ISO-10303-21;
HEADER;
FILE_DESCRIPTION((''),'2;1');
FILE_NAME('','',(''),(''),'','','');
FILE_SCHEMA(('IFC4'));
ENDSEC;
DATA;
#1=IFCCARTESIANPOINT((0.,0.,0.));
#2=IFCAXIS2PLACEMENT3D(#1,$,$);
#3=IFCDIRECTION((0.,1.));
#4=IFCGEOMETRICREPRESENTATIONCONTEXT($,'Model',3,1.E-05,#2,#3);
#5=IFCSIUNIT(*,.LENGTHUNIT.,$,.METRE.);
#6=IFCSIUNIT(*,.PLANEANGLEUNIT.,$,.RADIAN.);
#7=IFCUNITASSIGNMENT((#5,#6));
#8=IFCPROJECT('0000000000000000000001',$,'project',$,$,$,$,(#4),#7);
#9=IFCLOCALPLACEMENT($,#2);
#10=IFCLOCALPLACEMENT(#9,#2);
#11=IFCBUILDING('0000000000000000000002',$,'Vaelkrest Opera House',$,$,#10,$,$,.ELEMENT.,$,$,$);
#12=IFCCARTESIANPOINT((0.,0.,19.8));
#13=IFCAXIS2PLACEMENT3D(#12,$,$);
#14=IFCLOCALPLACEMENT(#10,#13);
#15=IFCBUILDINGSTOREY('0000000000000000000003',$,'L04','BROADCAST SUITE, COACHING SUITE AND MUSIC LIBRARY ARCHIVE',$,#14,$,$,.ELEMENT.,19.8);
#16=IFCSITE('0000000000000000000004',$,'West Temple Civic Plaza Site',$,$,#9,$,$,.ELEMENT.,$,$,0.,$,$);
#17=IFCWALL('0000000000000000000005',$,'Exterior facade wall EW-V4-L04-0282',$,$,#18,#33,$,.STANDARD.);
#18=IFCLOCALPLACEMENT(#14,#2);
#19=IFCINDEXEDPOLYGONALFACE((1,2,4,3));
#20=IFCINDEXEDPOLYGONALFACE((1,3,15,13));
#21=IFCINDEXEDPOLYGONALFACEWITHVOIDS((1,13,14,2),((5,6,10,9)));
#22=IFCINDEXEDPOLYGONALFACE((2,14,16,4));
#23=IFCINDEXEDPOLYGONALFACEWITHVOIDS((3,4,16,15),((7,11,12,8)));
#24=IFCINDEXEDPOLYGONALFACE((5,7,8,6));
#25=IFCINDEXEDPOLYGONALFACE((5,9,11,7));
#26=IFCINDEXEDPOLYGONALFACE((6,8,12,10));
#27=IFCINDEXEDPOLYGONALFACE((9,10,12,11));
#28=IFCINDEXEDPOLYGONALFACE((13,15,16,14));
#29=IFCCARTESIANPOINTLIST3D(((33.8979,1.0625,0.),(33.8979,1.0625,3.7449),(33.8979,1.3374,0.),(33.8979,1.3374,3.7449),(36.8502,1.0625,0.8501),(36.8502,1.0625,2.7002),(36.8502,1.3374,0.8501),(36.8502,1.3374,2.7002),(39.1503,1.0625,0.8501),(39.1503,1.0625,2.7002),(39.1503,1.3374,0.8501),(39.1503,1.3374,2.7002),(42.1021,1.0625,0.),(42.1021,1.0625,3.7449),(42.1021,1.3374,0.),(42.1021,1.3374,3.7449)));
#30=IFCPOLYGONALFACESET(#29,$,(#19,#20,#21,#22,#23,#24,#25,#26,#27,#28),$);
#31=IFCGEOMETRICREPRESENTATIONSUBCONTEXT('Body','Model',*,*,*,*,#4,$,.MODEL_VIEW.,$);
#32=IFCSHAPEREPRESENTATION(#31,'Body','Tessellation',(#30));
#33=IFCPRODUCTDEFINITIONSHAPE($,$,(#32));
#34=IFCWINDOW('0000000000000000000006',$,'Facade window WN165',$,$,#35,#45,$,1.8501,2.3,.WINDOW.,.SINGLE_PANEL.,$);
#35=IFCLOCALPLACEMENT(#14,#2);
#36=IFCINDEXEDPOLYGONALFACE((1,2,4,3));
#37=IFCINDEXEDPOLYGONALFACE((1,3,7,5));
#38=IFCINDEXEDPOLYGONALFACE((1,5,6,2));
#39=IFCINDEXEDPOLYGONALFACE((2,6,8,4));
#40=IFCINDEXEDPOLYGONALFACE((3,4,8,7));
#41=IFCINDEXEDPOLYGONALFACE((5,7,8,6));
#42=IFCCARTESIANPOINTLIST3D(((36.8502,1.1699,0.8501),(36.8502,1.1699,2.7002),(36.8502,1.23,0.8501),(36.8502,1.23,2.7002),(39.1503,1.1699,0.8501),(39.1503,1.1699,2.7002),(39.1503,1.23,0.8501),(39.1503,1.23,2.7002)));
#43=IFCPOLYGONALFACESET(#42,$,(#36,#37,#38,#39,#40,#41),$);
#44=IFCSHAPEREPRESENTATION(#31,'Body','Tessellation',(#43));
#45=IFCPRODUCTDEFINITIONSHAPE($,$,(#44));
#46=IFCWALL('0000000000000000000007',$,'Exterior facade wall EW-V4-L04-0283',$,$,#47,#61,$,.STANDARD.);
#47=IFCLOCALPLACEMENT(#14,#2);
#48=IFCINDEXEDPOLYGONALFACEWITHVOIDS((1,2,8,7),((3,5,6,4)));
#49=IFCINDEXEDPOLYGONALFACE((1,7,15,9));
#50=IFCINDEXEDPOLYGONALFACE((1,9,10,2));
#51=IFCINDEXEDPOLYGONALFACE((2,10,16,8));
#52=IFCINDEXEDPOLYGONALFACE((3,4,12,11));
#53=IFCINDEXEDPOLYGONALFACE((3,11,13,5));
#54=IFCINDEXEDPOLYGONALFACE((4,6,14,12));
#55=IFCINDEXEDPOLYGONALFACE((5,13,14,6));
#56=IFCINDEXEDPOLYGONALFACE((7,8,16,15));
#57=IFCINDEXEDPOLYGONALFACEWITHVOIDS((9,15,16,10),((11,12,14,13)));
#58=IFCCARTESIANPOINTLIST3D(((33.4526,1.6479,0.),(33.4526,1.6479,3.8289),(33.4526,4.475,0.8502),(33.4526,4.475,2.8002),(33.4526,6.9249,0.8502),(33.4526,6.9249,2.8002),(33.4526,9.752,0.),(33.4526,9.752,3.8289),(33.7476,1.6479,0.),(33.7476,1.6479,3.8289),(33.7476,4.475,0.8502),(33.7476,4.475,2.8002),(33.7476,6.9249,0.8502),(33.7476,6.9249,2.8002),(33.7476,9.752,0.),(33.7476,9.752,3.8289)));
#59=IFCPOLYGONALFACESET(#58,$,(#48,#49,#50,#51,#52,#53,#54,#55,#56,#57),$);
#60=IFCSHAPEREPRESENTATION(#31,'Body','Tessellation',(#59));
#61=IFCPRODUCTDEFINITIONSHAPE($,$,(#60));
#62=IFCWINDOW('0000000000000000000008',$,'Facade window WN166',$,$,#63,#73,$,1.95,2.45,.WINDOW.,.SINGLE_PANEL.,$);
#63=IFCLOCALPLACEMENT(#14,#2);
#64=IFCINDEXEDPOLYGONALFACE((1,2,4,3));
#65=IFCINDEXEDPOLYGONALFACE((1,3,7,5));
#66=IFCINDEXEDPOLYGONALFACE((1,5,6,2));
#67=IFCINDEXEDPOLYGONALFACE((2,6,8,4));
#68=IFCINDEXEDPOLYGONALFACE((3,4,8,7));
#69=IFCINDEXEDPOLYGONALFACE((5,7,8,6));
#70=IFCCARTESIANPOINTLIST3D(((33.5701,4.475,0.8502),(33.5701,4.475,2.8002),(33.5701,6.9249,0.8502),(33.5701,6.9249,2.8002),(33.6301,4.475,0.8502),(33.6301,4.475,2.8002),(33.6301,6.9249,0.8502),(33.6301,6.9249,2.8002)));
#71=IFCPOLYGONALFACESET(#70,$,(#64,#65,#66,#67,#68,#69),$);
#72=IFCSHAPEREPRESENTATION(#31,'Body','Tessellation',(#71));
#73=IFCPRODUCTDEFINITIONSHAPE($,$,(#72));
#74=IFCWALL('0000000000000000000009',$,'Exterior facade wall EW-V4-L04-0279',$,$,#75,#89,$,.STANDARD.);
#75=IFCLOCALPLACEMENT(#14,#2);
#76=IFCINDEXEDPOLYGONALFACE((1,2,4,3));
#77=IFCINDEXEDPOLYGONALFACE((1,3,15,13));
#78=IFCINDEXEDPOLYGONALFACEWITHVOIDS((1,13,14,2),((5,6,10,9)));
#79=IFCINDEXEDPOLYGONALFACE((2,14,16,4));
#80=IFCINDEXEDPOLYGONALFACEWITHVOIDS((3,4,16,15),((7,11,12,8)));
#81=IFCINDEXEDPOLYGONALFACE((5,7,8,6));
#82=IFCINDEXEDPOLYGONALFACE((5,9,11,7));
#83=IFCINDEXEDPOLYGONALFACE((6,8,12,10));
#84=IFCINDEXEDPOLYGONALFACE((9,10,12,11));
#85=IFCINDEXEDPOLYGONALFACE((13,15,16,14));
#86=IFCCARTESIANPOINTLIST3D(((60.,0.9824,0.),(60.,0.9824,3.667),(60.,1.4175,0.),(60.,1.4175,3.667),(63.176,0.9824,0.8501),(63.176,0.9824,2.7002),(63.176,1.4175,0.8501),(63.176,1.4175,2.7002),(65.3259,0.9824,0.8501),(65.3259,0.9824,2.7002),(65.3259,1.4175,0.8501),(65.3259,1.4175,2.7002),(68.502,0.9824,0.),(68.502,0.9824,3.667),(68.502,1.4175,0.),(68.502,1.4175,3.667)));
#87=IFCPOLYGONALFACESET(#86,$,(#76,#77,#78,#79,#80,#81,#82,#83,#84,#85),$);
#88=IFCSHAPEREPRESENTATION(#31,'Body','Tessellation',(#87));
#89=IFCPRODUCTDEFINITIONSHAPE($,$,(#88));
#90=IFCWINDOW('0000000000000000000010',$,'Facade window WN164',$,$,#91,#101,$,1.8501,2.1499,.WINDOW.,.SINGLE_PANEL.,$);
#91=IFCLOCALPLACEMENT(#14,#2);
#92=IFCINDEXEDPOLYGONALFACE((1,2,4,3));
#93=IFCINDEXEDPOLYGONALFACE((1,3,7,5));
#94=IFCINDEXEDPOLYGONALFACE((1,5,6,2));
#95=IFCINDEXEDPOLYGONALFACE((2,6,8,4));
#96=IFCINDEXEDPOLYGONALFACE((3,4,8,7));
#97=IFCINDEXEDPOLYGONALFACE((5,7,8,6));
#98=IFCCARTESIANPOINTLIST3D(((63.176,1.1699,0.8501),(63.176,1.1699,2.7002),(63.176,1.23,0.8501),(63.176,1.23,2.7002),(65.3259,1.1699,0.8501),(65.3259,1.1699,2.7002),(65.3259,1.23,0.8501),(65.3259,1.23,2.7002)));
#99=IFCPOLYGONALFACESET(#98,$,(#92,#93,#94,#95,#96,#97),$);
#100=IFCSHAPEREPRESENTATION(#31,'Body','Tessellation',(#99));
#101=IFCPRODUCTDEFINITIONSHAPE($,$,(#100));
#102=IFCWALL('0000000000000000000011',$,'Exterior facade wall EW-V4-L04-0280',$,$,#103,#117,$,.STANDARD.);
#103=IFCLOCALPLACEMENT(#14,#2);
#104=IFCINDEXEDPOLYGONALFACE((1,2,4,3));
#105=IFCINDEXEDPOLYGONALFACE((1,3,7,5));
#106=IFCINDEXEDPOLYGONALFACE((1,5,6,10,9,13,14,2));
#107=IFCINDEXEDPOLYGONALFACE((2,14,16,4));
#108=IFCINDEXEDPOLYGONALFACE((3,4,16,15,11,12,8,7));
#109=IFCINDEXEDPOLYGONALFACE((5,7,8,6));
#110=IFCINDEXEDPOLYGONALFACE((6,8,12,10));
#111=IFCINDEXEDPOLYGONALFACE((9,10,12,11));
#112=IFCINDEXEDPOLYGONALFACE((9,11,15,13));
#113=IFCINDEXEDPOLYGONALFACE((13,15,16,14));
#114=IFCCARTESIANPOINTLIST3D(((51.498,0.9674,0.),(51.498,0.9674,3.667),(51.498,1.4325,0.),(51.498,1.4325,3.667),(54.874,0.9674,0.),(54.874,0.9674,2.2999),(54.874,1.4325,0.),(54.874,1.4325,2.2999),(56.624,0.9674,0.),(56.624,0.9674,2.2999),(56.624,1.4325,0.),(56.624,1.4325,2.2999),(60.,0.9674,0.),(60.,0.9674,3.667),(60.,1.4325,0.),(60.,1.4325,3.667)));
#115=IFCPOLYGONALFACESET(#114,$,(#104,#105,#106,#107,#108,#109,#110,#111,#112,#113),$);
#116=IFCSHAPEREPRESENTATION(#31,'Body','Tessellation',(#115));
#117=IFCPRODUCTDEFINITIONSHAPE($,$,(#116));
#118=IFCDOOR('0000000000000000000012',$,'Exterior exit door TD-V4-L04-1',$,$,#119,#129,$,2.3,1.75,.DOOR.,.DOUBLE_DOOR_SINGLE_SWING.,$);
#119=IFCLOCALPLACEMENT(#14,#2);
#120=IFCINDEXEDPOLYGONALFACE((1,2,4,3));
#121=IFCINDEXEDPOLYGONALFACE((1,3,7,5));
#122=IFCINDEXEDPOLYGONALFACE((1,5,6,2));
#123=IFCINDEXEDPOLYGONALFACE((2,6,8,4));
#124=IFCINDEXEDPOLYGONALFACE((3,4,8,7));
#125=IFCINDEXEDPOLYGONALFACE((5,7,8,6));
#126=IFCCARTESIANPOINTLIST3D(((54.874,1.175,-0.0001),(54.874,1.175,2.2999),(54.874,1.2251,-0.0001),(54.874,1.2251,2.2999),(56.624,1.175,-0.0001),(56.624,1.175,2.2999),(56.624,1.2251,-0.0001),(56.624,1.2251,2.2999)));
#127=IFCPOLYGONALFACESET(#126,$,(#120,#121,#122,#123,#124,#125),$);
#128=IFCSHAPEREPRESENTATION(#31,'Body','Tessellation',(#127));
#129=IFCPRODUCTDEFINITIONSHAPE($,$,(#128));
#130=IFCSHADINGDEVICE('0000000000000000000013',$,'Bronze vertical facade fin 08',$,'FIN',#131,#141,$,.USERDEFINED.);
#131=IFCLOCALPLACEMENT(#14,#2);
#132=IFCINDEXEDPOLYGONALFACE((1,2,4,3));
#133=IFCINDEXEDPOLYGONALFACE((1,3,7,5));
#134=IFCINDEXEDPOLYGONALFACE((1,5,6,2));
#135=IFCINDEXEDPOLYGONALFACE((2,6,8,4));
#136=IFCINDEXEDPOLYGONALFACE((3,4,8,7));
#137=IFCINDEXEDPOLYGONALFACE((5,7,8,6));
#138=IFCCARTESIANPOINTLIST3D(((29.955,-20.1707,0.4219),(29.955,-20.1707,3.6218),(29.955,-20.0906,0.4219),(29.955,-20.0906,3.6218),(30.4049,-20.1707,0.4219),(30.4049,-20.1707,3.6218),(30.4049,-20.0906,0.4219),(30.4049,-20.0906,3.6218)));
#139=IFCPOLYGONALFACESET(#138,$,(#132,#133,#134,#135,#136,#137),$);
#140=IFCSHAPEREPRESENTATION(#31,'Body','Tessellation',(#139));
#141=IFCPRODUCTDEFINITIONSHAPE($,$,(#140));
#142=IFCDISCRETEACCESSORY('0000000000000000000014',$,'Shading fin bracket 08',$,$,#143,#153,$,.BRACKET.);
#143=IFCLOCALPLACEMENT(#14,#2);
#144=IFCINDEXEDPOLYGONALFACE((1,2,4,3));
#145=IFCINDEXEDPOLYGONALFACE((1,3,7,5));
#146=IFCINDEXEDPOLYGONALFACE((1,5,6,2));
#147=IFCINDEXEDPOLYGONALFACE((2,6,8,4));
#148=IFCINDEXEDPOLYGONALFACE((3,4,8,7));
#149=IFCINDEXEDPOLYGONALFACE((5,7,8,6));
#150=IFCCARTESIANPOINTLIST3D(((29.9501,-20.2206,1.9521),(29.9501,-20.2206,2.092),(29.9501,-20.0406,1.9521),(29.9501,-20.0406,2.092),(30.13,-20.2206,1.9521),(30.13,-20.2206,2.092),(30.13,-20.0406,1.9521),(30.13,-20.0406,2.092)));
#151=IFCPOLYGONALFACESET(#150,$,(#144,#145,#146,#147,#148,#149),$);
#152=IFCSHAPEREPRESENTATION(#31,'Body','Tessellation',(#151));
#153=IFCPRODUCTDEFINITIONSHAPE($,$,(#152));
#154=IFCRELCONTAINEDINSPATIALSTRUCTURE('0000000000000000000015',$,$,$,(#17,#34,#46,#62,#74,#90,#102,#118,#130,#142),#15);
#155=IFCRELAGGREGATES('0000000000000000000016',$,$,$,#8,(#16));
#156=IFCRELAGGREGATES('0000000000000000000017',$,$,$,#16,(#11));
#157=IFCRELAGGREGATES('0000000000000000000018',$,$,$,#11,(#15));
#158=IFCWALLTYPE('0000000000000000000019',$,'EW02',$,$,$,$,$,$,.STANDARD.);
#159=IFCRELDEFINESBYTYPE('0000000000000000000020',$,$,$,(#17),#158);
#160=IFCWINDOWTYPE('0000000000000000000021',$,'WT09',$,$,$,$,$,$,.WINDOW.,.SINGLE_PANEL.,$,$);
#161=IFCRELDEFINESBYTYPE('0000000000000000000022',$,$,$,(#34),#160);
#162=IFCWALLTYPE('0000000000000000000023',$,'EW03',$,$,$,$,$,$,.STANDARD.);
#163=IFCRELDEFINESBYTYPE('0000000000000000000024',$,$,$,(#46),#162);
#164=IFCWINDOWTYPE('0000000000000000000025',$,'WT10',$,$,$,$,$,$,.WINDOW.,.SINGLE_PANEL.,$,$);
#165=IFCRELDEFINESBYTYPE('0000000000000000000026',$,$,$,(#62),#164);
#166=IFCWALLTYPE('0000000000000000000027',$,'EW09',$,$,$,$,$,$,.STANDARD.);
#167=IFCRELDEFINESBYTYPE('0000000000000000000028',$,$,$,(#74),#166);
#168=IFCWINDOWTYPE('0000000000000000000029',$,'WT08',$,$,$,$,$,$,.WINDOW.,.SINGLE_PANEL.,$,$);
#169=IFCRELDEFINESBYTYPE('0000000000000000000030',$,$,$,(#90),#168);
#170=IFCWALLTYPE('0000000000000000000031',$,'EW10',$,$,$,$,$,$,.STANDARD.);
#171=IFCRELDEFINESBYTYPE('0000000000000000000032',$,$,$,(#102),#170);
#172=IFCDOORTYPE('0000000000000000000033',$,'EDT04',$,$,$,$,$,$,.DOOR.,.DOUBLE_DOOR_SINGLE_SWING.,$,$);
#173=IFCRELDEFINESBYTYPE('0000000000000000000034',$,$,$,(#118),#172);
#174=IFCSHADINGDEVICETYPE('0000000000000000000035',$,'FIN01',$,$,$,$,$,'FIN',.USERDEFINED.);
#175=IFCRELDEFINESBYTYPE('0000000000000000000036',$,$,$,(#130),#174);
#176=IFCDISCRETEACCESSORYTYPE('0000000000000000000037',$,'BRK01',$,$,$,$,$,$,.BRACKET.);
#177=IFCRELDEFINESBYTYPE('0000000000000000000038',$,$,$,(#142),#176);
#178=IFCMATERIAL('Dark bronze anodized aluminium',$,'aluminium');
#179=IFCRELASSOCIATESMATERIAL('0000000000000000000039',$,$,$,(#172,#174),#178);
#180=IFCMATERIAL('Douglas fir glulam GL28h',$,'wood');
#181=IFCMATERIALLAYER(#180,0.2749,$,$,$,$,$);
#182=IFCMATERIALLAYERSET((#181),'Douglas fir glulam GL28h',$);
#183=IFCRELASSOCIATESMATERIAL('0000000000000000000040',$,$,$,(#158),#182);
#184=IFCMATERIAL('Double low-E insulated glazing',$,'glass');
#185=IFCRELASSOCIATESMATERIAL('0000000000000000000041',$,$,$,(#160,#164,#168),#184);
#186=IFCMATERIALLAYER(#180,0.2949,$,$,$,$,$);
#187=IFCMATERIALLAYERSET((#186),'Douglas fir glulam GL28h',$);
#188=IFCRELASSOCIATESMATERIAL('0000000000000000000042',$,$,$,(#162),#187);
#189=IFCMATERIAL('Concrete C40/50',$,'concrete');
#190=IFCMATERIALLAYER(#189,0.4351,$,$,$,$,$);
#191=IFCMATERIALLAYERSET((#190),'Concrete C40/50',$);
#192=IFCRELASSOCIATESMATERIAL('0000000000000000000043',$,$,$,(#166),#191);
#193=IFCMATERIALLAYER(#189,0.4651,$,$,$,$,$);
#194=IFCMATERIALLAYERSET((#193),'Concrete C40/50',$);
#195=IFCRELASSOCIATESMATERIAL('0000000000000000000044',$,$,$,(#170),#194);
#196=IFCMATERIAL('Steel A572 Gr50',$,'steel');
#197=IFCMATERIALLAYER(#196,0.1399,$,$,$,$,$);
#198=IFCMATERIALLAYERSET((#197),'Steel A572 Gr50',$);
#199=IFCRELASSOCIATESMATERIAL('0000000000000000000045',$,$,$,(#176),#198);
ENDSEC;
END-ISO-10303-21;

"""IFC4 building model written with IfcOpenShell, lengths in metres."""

from ifc_helpers import new_model, si_unit, direction, frame, frame_2d, origin, origin_2d, place, context, subcontext, project, spatial, rectangle, extrude, material, layer, layer_set, type_object, element, fill, save


model = new_model("IFC4")

# Units and contexts
model_context = context("Model", 3, precision=1e-05, world=origin(), true_north=direction((0.0, 1.0)))
body_context = subcontext(model_context, "Body", "Model", "MODEL_VIEW")
ifc_project = project(units=[si_unit("LENGTHUNIT", "METRE"), si_unit("PLANEANGLEUNIT", "RADIAN")], contexts=[model_context])

# Site, building, storey
site_placement = place(None, origin())
site = spatial("IfcSite", under=ifc_project, at=site_placement, Name="West Temple Civic Plaza Site", CompositionType="ELEMENT", RefElevation=0.0)
building_placement = place(site_placement, origin())
building = spatial("IfcBuilding", under=site, at=building_placement, Name="Vaelkrest Opera House", CompositionType="ELEMENT")
storey_placement = place(building_placement, frame((0.0, 0.0, 19.8)))
storey = spatial("IfcBuildingStorey", under=building, at=storey_placement, Name="L04", Description="BROADCAST SUITE, COACHING SUITE AND MUSIC LIBRARY ARCHIVE", CompositionType="ELEMENT", Elevation=19.8)

# Shared definitions
ifc_material_1 = material(Name="Douglas fir glulam GL28h", Category="wood")
ifc_material_2 = material(Name="Dark bronze anodized aluminium", Category="aluminium")
door_type = type_object("IfcDoorType", Name="EDT04", OperationType="DOUBLE_DOOR_SINGLE_SWING", PredefinedType="DOOR", material=ifc_material_2)

# Walls, openings, windows
ifc_layer_1 = layer(ifc_material_1, 0.2749)
ifc_layer_set_1 = layer_set([ifc_layer_1], Name="Douglas fir glulam GL28h")
wall_type_1 = type_object("IfcWallType", Name="EW02", PredefinedType="STANDARD", material=ifc_layer_set_1)
wall_1_placement = place(storey_placement, frame((42.1021, 1.2, 0.0), z_axis=(0.0, 0.0, 1.0), x_axis=(-1.0, 0.0, 0.0)))
wall_1 = element("IfcWall", 1, at=wall_1_placement, inside=storey, type_object=wall_type_1, Name="Exterior facade wall EW-V4-L04-0282", PredefinedType="STANDARD", context=body_context, shape_type="SweptSolid", body=[
    extrude(rectangle(XDim=8.2041, YDim=0.2749, at=frame_2d((4.1021, 0.0))), origin(), (0.0, 0.0, 1.0), 3.7449),
])
opening_1_placement = place(wall_1_placement, frame((2.9519, 0.0, 0.8501)))
opening_1 = element("IfcOpeningElement", 2, at=opening_1_placement, cuts=wall_1, PredefinedType="OPENING", context=body_context, shape_type="SweptSolid", body=[
    extrude(rectangle(XDim=2.3, YDim=1.8501, at=frame_2d((1.1499, 0.925))), frame((0.0, 0.1475, 0.0), z_axis=(0.0, -1.0, 0.0), x_axis=(1.0, 0.0, 0.0)), (0.0, 0.0, 1.0), 0.2949),
])
ifc_material_3 = material(Name="Double low-E insulated glazing", Category="glass")
window_type_1 = type_object("IfcWindowType", Name="WT09", PartitioningType="SINGLE_PANEL", PredefinedType="WINDOW", material=ifc_material_3)
window_1_placement = place(opening_1_placement, origin())
window_1 = element("IfcWindow", 3, at=window_1_placement, inside=storey, type_object=window_type_1, Name="Facade window WN165", OverallHeight=1.8501, OverallWidth=2.3, PartitioningType="SINGLE_PANEL", PredefinedType="WINDOW", context=body_context, shape_type="SweptSolid", body=[
    extrude(rectangle(XDim=2.3, YDim=1.8501, at=frame_2d((1.1499, 0.925))), frame((0.0, 0.03, 0.0), z_axis=(0.0, -1.0, 0.0), x_axis=(1.0, 0.0, 0.0)), (0.0, 0.0, 1.0), 0.0601),
])
fill(opening_1, window_1)
ifc_layer_2 = layer(ifc_material_1, 0.2949)
ifc_layer_set_2 = layer_set([ifc_layer_2], Name="Douglas fir glulam GL28h")
wall_type_2 = type_object("IfcWallType", Name="EW03", PredefinedType="STANDARD", material=ifc_layer_set_2)
wall_2_placement = place(storey_placement, frame((33.6001, 1.6479, 0.0), z_axis=(0.0, 0.0, 1.0), x_axis=(0.0, 1.0, 0.0)))
wall_2 = element("IfcWall", 4, at=wall_2_placement, inside=storey, type_object=wall_type_2, Name="Exterior facade wall EW-V4-L04-0283", PredefinedType="STANDARD", context=body_context, shape_type="SweptSolid", body=[
    extrude(rectangle(XDim=8.104, YDim=0.2949, at=frame_2d((4.052, 0.0))), origin(), (0.0, 0.0, 1.0), 3.8289),
])
opening_2_placement = place(wall_2_placement, frame((2.8269, 0.0, 0.8501)))
opening_2 = element("IfcOpeningElement", 5, at=opening_2_placement, cuts=wall_2, PredefinedType="OPENING", context=body_context, shape_type="SweptSolid", body=[
    extrude(rectangle(XDim=2.45, YDim=1.95, at=frame_2d((1.2251, 0.9751))), frame((0.0, 0.1575, 0.0), z_axis=(0.0, -1.0, 0.0), x_axis=(1.0, 0.0, 0.0)), (0.0, 0.0, 1.0), 0.3149),
])
window_type_2 = type_object("IfcWindowType", Name="WT10", PartitioningType="SINGLE_PANEL", PredefinedType="WINDOW", material=ifc_material_3)
window_2_placement = place(opening_2_placement, origin())
window_2 = element("IfcWindow", 6, at=window_2_placement, inside=storey, type_object=window_type_2, Name="Facade window WN166", OverallHeight=1.95, OverallWidth=2.45, PartitioningType="SINGLE_PANEL", PredefinedType="WINDOW", context=body_context, shape_type="SweptSolid", body=[
    extrude(rectangle(XDim=2.45, YDim=1.95, at=frame_2d((1.2251, 0.9751))), frame((0.0, 0.03, 0.0), z_axis=(0.0, -1.0, 0.0), x_axis=(1.0, 0.0, 0.0)), (0.0, 0.0, 1.0), 0.0601),
])
fill(opening_2, window_2)
ifc_material_4 = material(Name="Concrete C40/50", Category="concrete")
ifc_layer_3 = layer(ifc_material_4, 0.4351)
ifc_layer_set_3 = layer_set([ifc_layer_3], Name="Concrete C40/50")
wall_type_3 = type_object("IfcWallType", Name="EW09", PredefinedType="STANDARD", material=ifc_layer_set_3)
wall_3_placement = place(storey_placement, frame((68.502, 1.2, 0.0), z_axis=(0.0, 0.0, 1.0), x_axis=(-1.0, 0.0, 0.0)))
wall_3 = element("IfcWall", 7, at=wall_3_placement, inside=storey, type_object=wall_type_3, Name="Exterior facade wall EW-V4-L04-0279", PredefinedType="STANDARD", context=body_context, shape_type="SweptSolid", body=[
    extrude(rectangle(XDim=8.502, YDim=0.4351, at=frame_2d((4.251, 0.0))), origin(), (0.0, 0.0, 1.0), 3.667),
])
opening_3_placement = place(wall_3_placement, frame((3.176, 0.0, 0.8501)))
opening_3 = element("IfcOpeningElement", 8, at=opening_3_placement, cuts=wall_3, PredefinedType="OPENING", context=body_context, shape_type="SweptSolid", body=[
    extrude(rectangle(XDim=2.1499, YDim=1.8501, at=frame_2d((1.075, 0.925))), frame((0.0, 0.2275, 0.0), z_axis=(0.0, -1.0, 0.0), x_axis=(1.0, 0.0, 0.0)), (0.0, 0.0, 1.0), 0.4551),
])
window_type_3 = type_object("IfcWindowType", Name="WT08", PartitioningType="SINGLE_PANEL", PredefinedType="WINDOW", material=ifc_material_3)
window_3_placement = place(opening_3_placement, origin())
window_3 = element("IfcWindow", 9, at=window_3_placement, inside=storey, type_object=window_type_3, Name="Facade window WN164", OverallHeight=1.8501, OverallWidth=2.1499, PartitioningType="SINGLE_PANEL", PredefinedType="WINDOW", context=body_context, shape_type="SweptSolid", body=[
    extrude(rectangle(XDim=2.1499, YDim=1.8501, at=frame_2d((1.075, 0.925))), frame((0.0, 0.03, 0.0), z_axis=(0.0, -1.0, 0.0), x_axis=(1.0, 0.0, 0.0)), (0.0, 0.0, 1.0), 0.0601),
])
fill(opening_3, window_3)

# Wall, opening, door
ifc_layer_4 = layer(ifc_material_4, 0.4651)
ifc_layer_set_4 = layer_set([ifc_layer_4], Name="Concrete C40/50")
wall_type_4 = type_object("IfcWallType", Name="EW10", PredefinedType="STANDARD", material=ifc_layer_set_4)
wall_4_placement = place(storey_placement, frame((60.0, 1.2, 0.0), z_axis=(0.0, 0.0, 1.0), x_axis=(-1.0, 0.0, 0.0)))
wall_4 = element("IfcWall", 10, at=wall_4_placement, inside=storey, type_object=wall_type_4, Name="Exterior facade wall EW-V4-L04-0280", PredefinedType="STANDARD", context=body_context, shape_type="SweptSolid", body=[
    extrude(rectangle(XDim=8.502, YDim=0.4651, at=frame_2d((4.251, 0.0))), origin(), (0.0, 0.0, 1.0), 3.667),
])
opening_4_placement = place(wall_4_placement, frame((3.376, 0.0, 0.0)))
opening_4 = element("IfcOpeningElement", 11, at=opening_4_placement, cuts=wall_4, PredefinedType="OPENING", context=body_context, shape_type="SweptSolid", body=[
    extrude(rectangle(XDim=1.75, YDim=2.3, at=frame_2d((0.875, 1.1499))), frame((0.0, 0.2424, 0.0), z_axis=(0.0, -1.0, 0.0), x_axis=(1.0, 0.0, 0.0)), (0.0, 0.0, 1.0), 0.4851),
])
door_1_placement = place(opening_4_placement, origin())
door_1 = element("IfcDoor", 12, at=door_1_placement, inside=storey, type_object=door_type, Name="Exterior exit door TD-V4-L04-1", OperationType="DOUBLE_DOOR_SINGLE_SWING", OverallHeight=2.3, OverallWidth=1.75, PredefinedType="DOOR", context=body_context, shape_type="SweptSolid", body=[
    extrude(rectangle(XDim=1.75, YDim=2.3, at=frame_2d((0.875, 1.1499))), frame((0.0, 0.0249, 0.0), z_axis=(0.0, -1.0, 0.0), x_axis=(1.0, 0.0, 0.0)), (0.0, 0.0, 1.0), 0.05),
])
fill(opening_4, door_1)

# Shading device
shading_device_type = type_object("IfcShadingDeviceType", Name="FIN01", ElementType="FIN", PredefinedType="USERDEFINED", material=ifc_material_2)
shading_device_placement = place(storey_placement, frame((30.1799, -20.1306, 0.4219), z_axis=(0.0, 0.0, 1.0), x_axis=(1.0, 0.0, 0.0)))
element("IfcShadingDevice", 13, at=shading_device_placement, inside=storey, type_object=shading_device_type, Name="Bronze vertical facade fin 08", ObjectType="FIN", PredefinedType="USERDEFINED", context=body_context, shape_type="SweptSolid", body=[
    extrude(rectangle(XDim=0.45, YDim=0.0801, at=origin_2d()), origin(), (0.0, 0.0, 1.0), 3.2),
])

# Discrete accessory
ifc_material_5 = material(Name="Steel A572 Gr50", Category="steel")
ifc_layer_5 = layer(ifc_material_5, 0.1399)
ifc_layer_set_5 = layer_set([ifc_layer_5], Name="Steel A572 Gr50")
discrete_accessory_type = type_object("IfcDiscreteAccessoryType", Name="BRK01", PredefinedType="BRACKET", material=ifc_layer_set_5)
discrete_accessory_placement = place(storey_placement, frame((30.04, -20.1306, 1.9521), z_axis=(0.0, 0.0, 1.0), x_axis=(1.0, 0.0, 0.0)))
element("IfcDiscreteAccessory", 14, at=discrete_accessory_placement, inside=storey, type_object=discrete_accessory_type, Name="Shading fin bracket 08", PredefinedType="BRACKET", context=body_context, shape_type="SweptSolid", body=[
    extrude(rectangle(XDim=0.1799, YDim=0.1799, at=origin_2d()), origin(), (0.0, 0.0, 1.0), 0.1399),
])

save(model, "model.ifc")
